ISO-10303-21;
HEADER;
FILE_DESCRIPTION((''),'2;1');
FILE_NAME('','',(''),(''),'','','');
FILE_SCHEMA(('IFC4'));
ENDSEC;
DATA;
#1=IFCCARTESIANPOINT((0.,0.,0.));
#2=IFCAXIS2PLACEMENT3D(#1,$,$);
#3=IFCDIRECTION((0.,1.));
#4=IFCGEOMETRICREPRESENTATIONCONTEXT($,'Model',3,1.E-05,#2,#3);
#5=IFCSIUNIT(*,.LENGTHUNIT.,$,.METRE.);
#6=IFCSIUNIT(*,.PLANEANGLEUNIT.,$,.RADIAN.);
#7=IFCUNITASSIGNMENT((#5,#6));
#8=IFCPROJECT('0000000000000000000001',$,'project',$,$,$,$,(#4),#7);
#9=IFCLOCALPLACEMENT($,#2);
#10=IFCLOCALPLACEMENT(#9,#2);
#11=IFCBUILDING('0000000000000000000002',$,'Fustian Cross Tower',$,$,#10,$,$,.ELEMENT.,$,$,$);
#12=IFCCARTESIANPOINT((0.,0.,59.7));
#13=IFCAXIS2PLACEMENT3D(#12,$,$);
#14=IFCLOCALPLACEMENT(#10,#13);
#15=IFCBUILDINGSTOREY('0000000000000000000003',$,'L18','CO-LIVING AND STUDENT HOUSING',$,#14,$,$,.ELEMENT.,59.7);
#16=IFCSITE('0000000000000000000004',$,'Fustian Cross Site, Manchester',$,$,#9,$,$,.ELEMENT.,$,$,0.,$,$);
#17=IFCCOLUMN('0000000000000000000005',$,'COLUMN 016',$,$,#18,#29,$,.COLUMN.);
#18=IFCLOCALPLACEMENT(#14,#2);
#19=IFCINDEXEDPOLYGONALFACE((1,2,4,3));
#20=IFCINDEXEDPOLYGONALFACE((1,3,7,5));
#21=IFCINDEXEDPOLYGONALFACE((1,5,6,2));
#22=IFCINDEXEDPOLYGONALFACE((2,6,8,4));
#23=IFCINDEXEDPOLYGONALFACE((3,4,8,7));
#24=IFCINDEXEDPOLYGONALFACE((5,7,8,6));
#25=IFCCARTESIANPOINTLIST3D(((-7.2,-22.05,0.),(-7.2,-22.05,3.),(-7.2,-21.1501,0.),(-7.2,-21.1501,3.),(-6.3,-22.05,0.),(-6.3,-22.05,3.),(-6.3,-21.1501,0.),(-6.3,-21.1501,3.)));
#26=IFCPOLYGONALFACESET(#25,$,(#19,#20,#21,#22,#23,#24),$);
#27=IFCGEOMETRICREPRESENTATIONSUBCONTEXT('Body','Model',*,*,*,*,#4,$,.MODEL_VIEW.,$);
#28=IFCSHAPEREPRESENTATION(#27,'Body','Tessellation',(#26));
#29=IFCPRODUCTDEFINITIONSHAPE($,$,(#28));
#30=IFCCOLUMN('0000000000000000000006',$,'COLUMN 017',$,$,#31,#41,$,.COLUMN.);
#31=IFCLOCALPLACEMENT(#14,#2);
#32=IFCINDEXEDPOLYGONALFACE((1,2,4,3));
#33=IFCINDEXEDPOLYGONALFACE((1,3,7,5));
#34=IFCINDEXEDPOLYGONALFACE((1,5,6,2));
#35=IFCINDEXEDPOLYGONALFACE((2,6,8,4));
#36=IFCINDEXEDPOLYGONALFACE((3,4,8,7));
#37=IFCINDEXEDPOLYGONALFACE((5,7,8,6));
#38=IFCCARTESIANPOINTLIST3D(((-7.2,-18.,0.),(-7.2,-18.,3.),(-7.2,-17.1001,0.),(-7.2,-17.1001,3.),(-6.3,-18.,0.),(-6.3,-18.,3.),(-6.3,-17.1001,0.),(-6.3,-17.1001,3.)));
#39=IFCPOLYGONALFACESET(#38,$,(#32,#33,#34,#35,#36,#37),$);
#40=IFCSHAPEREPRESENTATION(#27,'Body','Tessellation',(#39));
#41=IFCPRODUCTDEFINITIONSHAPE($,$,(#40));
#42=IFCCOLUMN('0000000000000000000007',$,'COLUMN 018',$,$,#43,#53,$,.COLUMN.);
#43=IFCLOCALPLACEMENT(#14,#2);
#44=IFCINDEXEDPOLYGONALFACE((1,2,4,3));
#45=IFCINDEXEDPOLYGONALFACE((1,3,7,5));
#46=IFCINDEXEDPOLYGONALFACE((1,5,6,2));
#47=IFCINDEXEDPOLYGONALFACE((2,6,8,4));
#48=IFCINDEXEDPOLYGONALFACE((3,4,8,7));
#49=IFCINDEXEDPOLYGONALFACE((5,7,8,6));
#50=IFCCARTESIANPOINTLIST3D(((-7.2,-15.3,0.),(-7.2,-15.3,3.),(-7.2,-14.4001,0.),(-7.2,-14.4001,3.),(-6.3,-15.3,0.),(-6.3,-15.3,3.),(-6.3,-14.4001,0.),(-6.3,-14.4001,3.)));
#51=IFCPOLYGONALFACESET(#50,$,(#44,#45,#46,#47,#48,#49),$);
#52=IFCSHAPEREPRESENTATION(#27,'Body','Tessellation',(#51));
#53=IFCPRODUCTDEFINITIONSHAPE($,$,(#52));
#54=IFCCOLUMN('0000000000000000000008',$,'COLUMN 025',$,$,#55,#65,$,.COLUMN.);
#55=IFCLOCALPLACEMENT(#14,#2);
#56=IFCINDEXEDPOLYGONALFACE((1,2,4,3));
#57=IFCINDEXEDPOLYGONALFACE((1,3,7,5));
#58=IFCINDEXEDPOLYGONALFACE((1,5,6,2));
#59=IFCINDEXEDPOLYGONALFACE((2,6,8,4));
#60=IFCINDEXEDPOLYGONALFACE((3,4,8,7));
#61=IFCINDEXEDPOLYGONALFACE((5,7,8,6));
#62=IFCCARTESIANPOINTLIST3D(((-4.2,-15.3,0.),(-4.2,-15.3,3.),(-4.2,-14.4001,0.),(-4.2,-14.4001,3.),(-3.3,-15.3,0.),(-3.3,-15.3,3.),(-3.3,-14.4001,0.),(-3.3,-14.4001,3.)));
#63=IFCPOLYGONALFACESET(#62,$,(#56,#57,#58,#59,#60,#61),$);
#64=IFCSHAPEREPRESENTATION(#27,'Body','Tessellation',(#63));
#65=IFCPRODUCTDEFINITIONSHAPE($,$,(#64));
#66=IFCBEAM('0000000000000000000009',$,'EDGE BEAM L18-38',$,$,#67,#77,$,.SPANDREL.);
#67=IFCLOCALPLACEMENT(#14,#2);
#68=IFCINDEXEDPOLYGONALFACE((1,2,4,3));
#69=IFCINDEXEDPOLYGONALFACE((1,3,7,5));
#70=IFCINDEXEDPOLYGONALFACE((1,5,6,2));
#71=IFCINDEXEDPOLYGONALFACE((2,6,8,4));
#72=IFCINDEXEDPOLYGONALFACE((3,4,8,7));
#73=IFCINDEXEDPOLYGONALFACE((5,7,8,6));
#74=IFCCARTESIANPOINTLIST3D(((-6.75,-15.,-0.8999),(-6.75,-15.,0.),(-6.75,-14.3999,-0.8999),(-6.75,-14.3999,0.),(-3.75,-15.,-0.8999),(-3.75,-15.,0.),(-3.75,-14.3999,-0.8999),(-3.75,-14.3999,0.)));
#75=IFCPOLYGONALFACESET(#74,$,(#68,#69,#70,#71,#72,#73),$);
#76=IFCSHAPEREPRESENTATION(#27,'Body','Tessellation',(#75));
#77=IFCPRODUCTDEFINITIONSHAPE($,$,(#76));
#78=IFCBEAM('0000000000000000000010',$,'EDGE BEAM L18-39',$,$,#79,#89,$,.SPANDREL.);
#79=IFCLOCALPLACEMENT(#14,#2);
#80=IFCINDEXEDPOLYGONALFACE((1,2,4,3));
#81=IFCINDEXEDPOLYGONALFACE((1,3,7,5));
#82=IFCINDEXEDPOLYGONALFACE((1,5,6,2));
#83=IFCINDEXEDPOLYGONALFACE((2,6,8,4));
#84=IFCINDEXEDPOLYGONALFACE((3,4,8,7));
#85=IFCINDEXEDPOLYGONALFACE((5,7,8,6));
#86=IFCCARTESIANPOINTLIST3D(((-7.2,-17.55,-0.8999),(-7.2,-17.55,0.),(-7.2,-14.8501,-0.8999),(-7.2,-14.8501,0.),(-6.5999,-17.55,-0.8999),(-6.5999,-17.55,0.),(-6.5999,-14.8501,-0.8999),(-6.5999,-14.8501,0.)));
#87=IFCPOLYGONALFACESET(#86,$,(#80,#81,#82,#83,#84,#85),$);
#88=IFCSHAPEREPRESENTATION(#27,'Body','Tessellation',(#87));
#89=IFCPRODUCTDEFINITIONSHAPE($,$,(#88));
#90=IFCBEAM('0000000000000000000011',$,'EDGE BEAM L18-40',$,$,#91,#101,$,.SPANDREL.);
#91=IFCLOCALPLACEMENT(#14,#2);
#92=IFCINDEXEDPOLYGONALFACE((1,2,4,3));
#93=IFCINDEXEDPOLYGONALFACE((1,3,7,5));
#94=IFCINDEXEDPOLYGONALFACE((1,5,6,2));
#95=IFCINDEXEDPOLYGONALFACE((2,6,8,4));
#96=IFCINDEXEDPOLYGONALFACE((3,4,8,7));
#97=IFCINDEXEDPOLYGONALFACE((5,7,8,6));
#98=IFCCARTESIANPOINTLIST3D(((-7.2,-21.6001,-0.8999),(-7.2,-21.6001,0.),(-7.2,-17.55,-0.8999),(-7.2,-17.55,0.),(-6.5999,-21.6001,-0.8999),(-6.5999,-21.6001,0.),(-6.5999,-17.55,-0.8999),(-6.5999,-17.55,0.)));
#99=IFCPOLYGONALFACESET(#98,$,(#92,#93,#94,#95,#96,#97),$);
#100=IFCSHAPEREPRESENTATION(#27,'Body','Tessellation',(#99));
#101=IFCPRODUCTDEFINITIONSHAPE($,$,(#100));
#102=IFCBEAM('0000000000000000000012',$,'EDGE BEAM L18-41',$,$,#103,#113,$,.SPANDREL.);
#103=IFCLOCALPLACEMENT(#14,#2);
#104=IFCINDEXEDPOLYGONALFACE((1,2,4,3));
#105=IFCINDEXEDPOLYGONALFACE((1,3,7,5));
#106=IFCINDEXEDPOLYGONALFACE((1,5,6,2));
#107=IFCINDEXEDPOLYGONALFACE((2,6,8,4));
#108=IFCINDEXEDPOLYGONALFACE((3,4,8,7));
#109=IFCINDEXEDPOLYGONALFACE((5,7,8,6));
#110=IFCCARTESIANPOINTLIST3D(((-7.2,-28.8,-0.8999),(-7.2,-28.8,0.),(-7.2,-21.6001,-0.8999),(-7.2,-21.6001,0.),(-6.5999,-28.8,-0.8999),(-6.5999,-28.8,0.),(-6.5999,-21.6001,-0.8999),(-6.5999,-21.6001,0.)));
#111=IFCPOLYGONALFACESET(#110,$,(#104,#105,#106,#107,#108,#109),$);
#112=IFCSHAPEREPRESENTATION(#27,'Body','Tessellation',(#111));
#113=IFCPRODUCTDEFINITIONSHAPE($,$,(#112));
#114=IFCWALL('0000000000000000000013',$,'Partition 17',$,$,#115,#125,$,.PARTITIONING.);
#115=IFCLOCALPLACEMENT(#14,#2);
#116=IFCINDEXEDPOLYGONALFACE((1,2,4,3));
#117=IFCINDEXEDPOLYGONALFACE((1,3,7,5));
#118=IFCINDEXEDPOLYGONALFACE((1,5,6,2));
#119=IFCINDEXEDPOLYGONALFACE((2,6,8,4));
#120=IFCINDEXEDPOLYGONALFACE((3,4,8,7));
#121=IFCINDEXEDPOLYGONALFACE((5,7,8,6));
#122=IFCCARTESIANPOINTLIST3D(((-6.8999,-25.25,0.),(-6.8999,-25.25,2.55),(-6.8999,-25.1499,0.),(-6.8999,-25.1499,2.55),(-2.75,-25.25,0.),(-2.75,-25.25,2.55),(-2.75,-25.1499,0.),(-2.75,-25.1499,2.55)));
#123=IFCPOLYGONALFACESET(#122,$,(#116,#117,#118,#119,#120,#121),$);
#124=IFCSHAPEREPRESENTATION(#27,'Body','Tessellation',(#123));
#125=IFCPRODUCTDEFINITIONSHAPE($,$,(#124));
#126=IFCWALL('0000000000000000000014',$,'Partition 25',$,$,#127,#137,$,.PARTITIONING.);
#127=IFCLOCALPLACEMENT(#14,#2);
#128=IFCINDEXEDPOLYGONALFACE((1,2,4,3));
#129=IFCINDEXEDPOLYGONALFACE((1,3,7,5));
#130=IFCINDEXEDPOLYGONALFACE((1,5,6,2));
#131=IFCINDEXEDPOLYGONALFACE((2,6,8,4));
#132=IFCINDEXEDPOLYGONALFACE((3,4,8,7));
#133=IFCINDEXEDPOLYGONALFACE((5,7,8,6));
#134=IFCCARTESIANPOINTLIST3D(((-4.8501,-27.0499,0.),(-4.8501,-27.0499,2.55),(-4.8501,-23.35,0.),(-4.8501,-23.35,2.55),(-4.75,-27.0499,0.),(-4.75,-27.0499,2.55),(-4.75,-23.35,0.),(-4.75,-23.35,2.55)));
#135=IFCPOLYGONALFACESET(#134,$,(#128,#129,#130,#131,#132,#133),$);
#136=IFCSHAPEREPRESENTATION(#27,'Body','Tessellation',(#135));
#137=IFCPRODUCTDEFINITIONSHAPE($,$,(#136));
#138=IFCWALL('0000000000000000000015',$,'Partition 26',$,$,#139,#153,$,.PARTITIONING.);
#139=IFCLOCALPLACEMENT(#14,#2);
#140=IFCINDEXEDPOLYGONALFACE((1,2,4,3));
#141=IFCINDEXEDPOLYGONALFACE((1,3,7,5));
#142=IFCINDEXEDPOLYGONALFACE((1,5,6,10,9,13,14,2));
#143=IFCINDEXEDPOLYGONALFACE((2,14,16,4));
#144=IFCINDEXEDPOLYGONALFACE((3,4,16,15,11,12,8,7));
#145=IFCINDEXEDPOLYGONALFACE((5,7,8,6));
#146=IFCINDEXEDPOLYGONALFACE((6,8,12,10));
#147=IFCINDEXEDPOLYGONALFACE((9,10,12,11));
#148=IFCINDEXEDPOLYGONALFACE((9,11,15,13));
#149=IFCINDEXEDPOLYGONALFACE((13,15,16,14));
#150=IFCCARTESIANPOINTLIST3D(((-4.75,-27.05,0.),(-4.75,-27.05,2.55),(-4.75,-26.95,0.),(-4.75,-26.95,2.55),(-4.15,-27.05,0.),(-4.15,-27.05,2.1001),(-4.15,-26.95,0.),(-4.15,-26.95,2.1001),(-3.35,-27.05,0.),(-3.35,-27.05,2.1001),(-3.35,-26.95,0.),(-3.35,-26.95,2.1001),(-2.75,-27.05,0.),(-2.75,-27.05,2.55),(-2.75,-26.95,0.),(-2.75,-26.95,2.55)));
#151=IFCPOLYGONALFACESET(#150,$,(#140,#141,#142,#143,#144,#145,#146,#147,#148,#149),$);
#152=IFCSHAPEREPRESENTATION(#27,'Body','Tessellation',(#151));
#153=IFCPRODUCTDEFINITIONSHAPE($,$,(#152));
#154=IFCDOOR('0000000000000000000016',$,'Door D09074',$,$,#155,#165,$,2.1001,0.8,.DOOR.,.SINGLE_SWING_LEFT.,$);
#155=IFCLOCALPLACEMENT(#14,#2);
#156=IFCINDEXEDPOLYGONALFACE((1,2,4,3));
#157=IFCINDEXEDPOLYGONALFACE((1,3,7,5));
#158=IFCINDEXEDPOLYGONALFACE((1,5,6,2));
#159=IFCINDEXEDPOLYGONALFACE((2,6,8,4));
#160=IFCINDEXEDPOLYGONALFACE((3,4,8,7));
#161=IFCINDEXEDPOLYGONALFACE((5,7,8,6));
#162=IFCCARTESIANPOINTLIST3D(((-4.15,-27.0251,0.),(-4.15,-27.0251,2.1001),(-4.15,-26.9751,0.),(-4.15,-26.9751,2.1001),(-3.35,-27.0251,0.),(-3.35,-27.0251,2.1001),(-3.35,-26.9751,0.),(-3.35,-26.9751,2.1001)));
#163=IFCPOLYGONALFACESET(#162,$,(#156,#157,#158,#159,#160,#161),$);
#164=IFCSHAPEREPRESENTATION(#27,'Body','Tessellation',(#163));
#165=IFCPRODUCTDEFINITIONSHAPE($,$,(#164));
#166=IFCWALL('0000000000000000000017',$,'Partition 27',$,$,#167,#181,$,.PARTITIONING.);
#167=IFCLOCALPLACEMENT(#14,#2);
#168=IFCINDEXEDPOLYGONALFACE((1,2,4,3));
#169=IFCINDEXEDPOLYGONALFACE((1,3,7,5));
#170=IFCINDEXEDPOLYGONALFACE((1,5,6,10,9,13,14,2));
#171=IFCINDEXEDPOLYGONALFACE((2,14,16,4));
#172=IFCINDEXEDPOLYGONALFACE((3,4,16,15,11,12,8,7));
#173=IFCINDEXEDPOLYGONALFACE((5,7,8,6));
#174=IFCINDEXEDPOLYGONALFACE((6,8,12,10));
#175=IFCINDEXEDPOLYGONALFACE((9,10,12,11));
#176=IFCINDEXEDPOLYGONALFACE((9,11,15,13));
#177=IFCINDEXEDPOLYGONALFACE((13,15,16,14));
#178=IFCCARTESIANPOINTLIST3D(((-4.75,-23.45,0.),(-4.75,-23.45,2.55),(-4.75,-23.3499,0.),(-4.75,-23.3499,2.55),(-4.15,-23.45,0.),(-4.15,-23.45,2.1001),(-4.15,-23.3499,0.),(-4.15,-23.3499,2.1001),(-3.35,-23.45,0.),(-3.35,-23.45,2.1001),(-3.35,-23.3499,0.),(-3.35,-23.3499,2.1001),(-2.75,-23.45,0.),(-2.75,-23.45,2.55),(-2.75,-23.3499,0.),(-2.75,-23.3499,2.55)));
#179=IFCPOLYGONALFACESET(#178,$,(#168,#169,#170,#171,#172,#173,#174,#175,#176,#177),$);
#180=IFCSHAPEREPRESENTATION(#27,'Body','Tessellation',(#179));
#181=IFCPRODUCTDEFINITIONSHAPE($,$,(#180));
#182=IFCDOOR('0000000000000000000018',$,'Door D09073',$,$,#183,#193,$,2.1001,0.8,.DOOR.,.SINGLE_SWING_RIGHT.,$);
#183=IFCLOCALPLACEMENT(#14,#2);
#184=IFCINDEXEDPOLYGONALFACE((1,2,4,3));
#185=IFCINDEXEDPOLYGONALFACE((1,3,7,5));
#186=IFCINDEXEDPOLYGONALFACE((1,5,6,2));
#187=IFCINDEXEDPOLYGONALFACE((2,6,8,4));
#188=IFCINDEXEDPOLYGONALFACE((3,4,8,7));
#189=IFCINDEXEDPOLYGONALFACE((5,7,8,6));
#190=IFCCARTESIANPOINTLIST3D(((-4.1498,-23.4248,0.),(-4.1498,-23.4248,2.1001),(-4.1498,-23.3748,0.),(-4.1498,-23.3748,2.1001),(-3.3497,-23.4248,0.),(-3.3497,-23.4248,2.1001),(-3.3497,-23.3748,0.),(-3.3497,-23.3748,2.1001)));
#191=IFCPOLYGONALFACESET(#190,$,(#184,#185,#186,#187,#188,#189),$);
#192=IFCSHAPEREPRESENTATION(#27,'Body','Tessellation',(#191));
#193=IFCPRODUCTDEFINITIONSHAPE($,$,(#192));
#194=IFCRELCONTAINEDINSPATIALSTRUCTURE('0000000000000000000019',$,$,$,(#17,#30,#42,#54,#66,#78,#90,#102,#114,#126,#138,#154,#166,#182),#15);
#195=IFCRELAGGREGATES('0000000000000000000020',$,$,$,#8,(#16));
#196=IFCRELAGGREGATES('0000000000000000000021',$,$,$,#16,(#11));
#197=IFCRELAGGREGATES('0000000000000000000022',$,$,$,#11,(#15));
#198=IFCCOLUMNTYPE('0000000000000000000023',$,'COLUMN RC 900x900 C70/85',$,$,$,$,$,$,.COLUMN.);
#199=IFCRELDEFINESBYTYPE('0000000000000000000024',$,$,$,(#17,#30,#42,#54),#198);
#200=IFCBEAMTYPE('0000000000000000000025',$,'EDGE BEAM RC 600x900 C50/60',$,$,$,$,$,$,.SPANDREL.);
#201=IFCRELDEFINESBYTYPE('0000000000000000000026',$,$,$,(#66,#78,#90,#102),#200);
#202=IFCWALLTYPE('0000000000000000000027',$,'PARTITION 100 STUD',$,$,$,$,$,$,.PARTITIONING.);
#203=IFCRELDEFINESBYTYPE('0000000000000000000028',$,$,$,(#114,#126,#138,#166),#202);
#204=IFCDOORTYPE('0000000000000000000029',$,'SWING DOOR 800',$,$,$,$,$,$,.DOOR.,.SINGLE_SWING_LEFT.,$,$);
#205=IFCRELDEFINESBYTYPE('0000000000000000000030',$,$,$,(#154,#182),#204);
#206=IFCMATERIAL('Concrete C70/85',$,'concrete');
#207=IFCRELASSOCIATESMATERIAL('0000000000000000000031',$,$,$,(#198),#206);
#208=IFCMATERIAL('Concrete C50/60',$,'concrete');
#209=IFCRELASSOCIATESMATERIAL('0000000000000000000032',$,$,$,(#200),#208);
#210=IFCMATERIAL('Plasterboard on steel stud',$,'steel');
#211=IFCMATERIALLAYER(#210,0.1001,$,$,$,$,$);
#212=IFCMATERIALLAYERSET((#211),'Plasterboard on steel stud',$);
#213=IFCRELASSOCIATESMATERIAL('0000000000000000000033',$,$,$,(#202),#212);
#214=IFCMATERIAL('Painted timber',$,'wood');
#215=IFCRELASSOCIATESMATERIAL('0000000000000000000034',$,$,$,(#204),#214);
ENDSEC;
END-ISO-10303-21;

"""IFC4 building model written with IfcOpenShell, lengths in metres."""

from ifc_helpers import new_model, si_unit, direction, frame, frame_2d, origin, origin_2d, place, context, subcontext, project, spatial, rectangle, extrude, material, layer, layer_set, material_profile, profile_set, type_object, element, fill, save


model = new_model("IFC4")

# Units and contexts
model_context = context("Model", 3, precision=1e-05, world=origin(), true_north=direction((0.0, 1.0)))
body_context = subcontext(model_context, "Body", "Model", "MODEL_VIEW")
ifc_project = project(units=[si_unit("LENGTHUNIT", "METRE"), si_unit("PLANEANGLEUNIT", "RADIAN")], contexts=[model_context])

# Site, building, storey
site_placement = place(None, origin())
site = spatial("IfcSite", under=ifc_project, at=site_placement, Name="Fustian Cross Site, Manchester", CompositionType="ELEMENT", RefElevation=0.0)
building_placement = place(site_placement, origin())
building = spatial("IfcBuilding", under=site, at=building_placement, Name="Fustian Cross Tower", CompositionType="ELEMENT")
storey_placement = place(building_placement, frame((0.0, 0.0, 59.7)))
storey = spatial("IfcBuildingStorey", under=building, at=storey_placement, Name="L18", Description="CO-LIVING AND STUDENT HOUSING", CompositionType="ELEMENT", Elevation=59.7)

# Columns
ifc_material_1 = material(Name="Concrete C70/85", Category="concrete")
ifc_material_profile_1 = material_profile(ifc_material_1, rectangle(XDim=0.8999, YDim=0.8999, at=origin_2d()), Name="RC 900x900")
ifc_profile_set_1 = profile_set([ifc_material_profile_1], Name="Concrete C70/85")
column_type = type_object("IfcColumnType", Name="COLUMN RC 900x900 C70/85", PredefinedType="COLUMN", material=ifc_profile_set_1)
for number, where, z_axis, x_axis, name in (
    (1, (-6.75, -21.6001, 0.0), (0.0, 0.0, 1.0), (1.0, 0.0, 0.0), "COLUMN 016"),
    (2, (-6.75, -17.55, 0.0), (0.0, 0.0, 1.0), (1.0, 0.0, 0.0), "COLUMN 017"),
    (3, (-6.75, -14.8501, 0.0), (0.0, 0.0, 1.0), (1.0, 0.0, 0.0), "COLUMN 018"),
    (4, (-3.75, -14.8501, 0.0), (0.0, 0.0, 1.0), (1.0, 0.0, 0.0), "COLUMN 025"),
):
    element("IfcColumn", number, at=place(storey_placement, frame(where, z_axis=z_axis, x_axis=x_axis)), inside=storey, type_object=column_type, Name=name, PredefinedType="COLUMN", context=body_context, shape_type="SweptSolid", body=[
        extrude(rectangle(XDim=0.8999, YDim=0.8999, at=origin_2d()), origin(), (0.0, 0.0, 1.0), 3.0),
    ])

# Beams
ifc_material_2 = material(Name="Concrete C50/60", Category="concrete")
ifc_material_profile_2 = material_profile(ifc_material_2, rectangle(XDim=0.6001, YDim=0.8999, at=origin_2d()), Name="RC 600x900")
ifc_profile_set_2 = profile_set([ifc_material_profile_2], Name="Concrete C50/60")
beam_type = type_object("IfcBeamType", Name="EDGE BEAM RC 600x900 C50/60", PredefinedType="SPANDREL", material=ifc_profile_set_2)
beam_1_placement = place(storey_placement, frame((-3.75, -14.7, -0.45), z_axis=(-1.0, 0.0, 0.0), x_axis=(0.0, -1.0, 0.0)))
element("IfcBeam", 5, at=beam_1_placement, inside=storey, type_object=beam_type, Name="EDGE BEAM L18-38", PredefinedType="SPANDREL", context=body_context, shape_type="SweptSolid", body=[
    extrude(rectangle(XDim=0.6001, YDim=0.8999, at=origin_2d()), origin(), (0.0, 0.0, 1.0), 3.0),
])
beam_2_placement = place(storey_placement, frame((-6.8999, -14.8501, -0.45), z_axis=(0.0, -1.0, 0.0), x_axis=(1.0, 0.0, 0.0)))
element("IfcBeam", 6, at=beam_2_placement, inside=storey, type_object=beam_type, Name="EDGE BEAM L18-39", PredefinedType="SPANDREL", context=body_context, shape_type="SweptSolid", body=[
    extrude(rectangle(XDim=0.6001, YDim=0.8999, at=origin_2d()), origin(), (0.0, 0.0, 1.0), 2.7),
])
beam_3_placement = place(storey_placement, frame((-6.8999, -17.55, -0.45), z_axis=(0.0, -1.0, 0.0), x_axis=(1.0, 0.0, 0.0)))
element("IfcBeam", 7, at=beam_3_placement, inside=storey, type_object=beam_type, Name="EDGE BEAM L18-40", PredefinedType="SPANDREL", context=body_context, shape_type="SweptSolid", body=[
    extrude(rectangle(XDim=0.6001, YDim=0.8999, at=origin_2d()), origin(), (0.0, 0.0, 1.0), 4.05),
])
beam_4_placement = place(storey_placement, frame((-6.8999, -21.6001, -0.45), z_axis=(0.0, -1.0, 0.0), x_axis=(1.0, 0.0, 0.0)))
element("IfcBeam", 8, at=beam_4_placement, inside=storey, type_object=beam_type, Name="EDGE BEAM L18-41", PredefinedType="SPANDREL", context=body_context, shape_type="SweptSolid", body=[
    extrude(rectangle(XDim=0.6001, YDim=0.8999, at=origin_2d()), origin(), (0.0, 0.0, 1.0), 7.2),
])

# Walls
ifc_material_3 = material(Name="Plasterboard on steel stud", Category="steel")
ifc_layer_1 = layer(ifc_material_3, 0.1001)
ifc_layer_set_1 = layer_set([ifc_layer_1], Name="Plasterboard on steel stud")
wall_type_1 = type_object("IfcWallType", Name="PARTITION 100 STUD", PredefinedType="PARTITIONING", material=ifc_layer_set_1)
wall_1_placement = place(storey_placement, frame((-6.8999, -25.2, 0.0), z_axis=(0.0, 0.0, 1.0), x_axis=(1.0, 0.0, 0.0)))
element("IfcWall", 9, at=wall_1_placement, inside=storey, type_object=wall_type_1, Name="Partition 17", PredefinedType="PARTITIONING", context=body_context, shape_type="SweptSolid", body=[
    extrude(rectangle(XDim=4.1499, YDim=0.1001, at=frame_2d((2.075, 0.0))), origin(), (0.0, 0.0, 1.0), 2.55),
])
wall_2_placement = place(storey_placement, frame((-4.8, -27.05, 0.0), z_axis=(0.0, 0.0, 1.0), x_axis=(0.0, 1.0, 0.0)))
element("IfcWall", 10, at=wall_2_placement, inside=storey, type_object=wall_type_1, Name="Partition 25", PredefinedType="PARTITIONING", context=body_context, shape_type="SweptSolid", body=[
    extrude(rectangle(XDim=3.7, YDim=0.1001, at=frame_2d((1.8501, 0.0))), origin(), (0.0, 0.0, 1.0), 2.55),
])

# Walls, openings, doors
wall_3_placement = place(storey_placement, frame((-4.75, -27.0, 0.0), z_axis=(0.0, 0.0, 1.0), x_axis=(1.0, 0.0, 0.0)))
wall_3 = element("IfcWall", 11, at=wall_3_placement, inside=storey, type_object=wall_type_1, Name="Partition 26", PredefinedType="PARTITIONING", context=body_context, shape_type="SweptSolid", body=[
    extrude(rectangle(XDim=2.0, YDim=0.1001, at=frame_2d((1.0, 0.0))), origin(), (0.0, 0.0, 1.0), 2.55),
])
opening_1_placement = place(wall_3_placement, frame((0.6001, 0.0, 0.0)))
opening_1 = element("IfcOpeningElement", 12, at=opening_1_placement, cuts=wall_3, PredefinedType="OPENING", context=body_context, shape_type="SweptSolid", body=[
    extrude(rectangle(XDim=0.8, YDim=2.1001, at=frame_2d((0.3999, 1.05))), frame((0.0, 0.0601, 0.0), z_axis=(0.0, -1.0, 0.0), x_axis=(1.0, 0.0, 0.0)), (0.0, 0.0, 1.0), 0.1201),
])
ifc_material_4 = material(Name="Painted timber", Category="wood")
door_type = type_object("IfcDoorType", Name="SWING DOOR 800", OperationType="SINGLE_SWING_LEFT", PredefinedType="DOOR", material=ifc_material_4)
door_1_placement = place(opening_1_placement, origin())
door_1 = element("IfcDoor", 13, at=door_1_placement, inside=storey, type_object=door_type, Name="Door D09074", OperationType="SINGLE_SWING_LEFT", OverallHeight=2.1001, OverallWidth=0.8, PredefinedType="DOOR", context=body_context, shape_type="SweptSolid", body=[
    extrude(rectangle(XDim=0.8, YDim=2.1001, at=frame_2d((0.3999, 1.05))), frame((0.0, 0.0249, 0.0), z_axis=(0.0, -1.0, 0.0), x_axis=(1.0, 0.0, 0.0)), (0.0, 0.0, 1.0), 0.05),
])
fill(opening_1, door_1)
wall_4_placement = place(storey_placement, frame((-4.75, -23.3999, 0.0), z_axis=(0.0, 0.0, 1.0), x_axis=(1.0, 0.0, 0.0)))
wall_4 = element("IfcWall", 14, at=wall_4_placement, inside=storey, type_object=wall_type_1, Name="Partition 27", PredefinedType="PARTITIONING", context=body_context, shape_type="SweptSolid", body=[
    extrude(rectangle(XDim=2.0, YDim=0.1001, at=frame_2d((1.0, 0.0))), origin(), (0.0, 0.0, 1.0), 2.55),
])
opening_2_placement = place(wall_4_placement, frame((0.6001, 0.0, 0.0)))
opening_2 = element("IfcOpeningElement", 15, at=opening_2_placement, cuts=wall_4, PredefinedType="OPENING", context=body_context, shape_type="SweptSolid", body=[
    extrude(rectangle(XDim=0.8, YDim=2.1001, at=frame_2d((0.3999, 1.05))), frame((0.0, 0.0601, 0.0), z_axis=(0.0, -1.0, 0.0), x_axis=(1.0, 0.0, 0.0)), (0.0, 0.0, 1.0), 0.1201),
])
door_2_placement = place(opening_2_placement, frame((0.8, 0.0, 0.0), z_axis=(0.0, 0.0, 1.0), x_axis=(-1.0, 0.0, 0.0)))
door_2 = element("IfcDoor", 16, at=door_2_placement, inside=storey, type_object=door_type, Name="Door D09073", OperationType="SINGLE_SWING_RIGHT", OverallHeight=2.1001, OverallWidth=0.8, PredefinedType="DOOR", context=body_context, shape_type="SweptSolid", body=[
    extrude(rectangle(XDim=0.8, YDim=2.1001, at=frame_2d((0.3999, 1.05))), frame((0.0, 0.0249, 0.0), z_axis=(0.0, -1.0, 0.0), x_axis=(1.0, 0.0, 0.0)), (0.0, 0.0, 1.0), 0.05),
])
fill(opening_2, door_2)

save(model, "model.ifc")
